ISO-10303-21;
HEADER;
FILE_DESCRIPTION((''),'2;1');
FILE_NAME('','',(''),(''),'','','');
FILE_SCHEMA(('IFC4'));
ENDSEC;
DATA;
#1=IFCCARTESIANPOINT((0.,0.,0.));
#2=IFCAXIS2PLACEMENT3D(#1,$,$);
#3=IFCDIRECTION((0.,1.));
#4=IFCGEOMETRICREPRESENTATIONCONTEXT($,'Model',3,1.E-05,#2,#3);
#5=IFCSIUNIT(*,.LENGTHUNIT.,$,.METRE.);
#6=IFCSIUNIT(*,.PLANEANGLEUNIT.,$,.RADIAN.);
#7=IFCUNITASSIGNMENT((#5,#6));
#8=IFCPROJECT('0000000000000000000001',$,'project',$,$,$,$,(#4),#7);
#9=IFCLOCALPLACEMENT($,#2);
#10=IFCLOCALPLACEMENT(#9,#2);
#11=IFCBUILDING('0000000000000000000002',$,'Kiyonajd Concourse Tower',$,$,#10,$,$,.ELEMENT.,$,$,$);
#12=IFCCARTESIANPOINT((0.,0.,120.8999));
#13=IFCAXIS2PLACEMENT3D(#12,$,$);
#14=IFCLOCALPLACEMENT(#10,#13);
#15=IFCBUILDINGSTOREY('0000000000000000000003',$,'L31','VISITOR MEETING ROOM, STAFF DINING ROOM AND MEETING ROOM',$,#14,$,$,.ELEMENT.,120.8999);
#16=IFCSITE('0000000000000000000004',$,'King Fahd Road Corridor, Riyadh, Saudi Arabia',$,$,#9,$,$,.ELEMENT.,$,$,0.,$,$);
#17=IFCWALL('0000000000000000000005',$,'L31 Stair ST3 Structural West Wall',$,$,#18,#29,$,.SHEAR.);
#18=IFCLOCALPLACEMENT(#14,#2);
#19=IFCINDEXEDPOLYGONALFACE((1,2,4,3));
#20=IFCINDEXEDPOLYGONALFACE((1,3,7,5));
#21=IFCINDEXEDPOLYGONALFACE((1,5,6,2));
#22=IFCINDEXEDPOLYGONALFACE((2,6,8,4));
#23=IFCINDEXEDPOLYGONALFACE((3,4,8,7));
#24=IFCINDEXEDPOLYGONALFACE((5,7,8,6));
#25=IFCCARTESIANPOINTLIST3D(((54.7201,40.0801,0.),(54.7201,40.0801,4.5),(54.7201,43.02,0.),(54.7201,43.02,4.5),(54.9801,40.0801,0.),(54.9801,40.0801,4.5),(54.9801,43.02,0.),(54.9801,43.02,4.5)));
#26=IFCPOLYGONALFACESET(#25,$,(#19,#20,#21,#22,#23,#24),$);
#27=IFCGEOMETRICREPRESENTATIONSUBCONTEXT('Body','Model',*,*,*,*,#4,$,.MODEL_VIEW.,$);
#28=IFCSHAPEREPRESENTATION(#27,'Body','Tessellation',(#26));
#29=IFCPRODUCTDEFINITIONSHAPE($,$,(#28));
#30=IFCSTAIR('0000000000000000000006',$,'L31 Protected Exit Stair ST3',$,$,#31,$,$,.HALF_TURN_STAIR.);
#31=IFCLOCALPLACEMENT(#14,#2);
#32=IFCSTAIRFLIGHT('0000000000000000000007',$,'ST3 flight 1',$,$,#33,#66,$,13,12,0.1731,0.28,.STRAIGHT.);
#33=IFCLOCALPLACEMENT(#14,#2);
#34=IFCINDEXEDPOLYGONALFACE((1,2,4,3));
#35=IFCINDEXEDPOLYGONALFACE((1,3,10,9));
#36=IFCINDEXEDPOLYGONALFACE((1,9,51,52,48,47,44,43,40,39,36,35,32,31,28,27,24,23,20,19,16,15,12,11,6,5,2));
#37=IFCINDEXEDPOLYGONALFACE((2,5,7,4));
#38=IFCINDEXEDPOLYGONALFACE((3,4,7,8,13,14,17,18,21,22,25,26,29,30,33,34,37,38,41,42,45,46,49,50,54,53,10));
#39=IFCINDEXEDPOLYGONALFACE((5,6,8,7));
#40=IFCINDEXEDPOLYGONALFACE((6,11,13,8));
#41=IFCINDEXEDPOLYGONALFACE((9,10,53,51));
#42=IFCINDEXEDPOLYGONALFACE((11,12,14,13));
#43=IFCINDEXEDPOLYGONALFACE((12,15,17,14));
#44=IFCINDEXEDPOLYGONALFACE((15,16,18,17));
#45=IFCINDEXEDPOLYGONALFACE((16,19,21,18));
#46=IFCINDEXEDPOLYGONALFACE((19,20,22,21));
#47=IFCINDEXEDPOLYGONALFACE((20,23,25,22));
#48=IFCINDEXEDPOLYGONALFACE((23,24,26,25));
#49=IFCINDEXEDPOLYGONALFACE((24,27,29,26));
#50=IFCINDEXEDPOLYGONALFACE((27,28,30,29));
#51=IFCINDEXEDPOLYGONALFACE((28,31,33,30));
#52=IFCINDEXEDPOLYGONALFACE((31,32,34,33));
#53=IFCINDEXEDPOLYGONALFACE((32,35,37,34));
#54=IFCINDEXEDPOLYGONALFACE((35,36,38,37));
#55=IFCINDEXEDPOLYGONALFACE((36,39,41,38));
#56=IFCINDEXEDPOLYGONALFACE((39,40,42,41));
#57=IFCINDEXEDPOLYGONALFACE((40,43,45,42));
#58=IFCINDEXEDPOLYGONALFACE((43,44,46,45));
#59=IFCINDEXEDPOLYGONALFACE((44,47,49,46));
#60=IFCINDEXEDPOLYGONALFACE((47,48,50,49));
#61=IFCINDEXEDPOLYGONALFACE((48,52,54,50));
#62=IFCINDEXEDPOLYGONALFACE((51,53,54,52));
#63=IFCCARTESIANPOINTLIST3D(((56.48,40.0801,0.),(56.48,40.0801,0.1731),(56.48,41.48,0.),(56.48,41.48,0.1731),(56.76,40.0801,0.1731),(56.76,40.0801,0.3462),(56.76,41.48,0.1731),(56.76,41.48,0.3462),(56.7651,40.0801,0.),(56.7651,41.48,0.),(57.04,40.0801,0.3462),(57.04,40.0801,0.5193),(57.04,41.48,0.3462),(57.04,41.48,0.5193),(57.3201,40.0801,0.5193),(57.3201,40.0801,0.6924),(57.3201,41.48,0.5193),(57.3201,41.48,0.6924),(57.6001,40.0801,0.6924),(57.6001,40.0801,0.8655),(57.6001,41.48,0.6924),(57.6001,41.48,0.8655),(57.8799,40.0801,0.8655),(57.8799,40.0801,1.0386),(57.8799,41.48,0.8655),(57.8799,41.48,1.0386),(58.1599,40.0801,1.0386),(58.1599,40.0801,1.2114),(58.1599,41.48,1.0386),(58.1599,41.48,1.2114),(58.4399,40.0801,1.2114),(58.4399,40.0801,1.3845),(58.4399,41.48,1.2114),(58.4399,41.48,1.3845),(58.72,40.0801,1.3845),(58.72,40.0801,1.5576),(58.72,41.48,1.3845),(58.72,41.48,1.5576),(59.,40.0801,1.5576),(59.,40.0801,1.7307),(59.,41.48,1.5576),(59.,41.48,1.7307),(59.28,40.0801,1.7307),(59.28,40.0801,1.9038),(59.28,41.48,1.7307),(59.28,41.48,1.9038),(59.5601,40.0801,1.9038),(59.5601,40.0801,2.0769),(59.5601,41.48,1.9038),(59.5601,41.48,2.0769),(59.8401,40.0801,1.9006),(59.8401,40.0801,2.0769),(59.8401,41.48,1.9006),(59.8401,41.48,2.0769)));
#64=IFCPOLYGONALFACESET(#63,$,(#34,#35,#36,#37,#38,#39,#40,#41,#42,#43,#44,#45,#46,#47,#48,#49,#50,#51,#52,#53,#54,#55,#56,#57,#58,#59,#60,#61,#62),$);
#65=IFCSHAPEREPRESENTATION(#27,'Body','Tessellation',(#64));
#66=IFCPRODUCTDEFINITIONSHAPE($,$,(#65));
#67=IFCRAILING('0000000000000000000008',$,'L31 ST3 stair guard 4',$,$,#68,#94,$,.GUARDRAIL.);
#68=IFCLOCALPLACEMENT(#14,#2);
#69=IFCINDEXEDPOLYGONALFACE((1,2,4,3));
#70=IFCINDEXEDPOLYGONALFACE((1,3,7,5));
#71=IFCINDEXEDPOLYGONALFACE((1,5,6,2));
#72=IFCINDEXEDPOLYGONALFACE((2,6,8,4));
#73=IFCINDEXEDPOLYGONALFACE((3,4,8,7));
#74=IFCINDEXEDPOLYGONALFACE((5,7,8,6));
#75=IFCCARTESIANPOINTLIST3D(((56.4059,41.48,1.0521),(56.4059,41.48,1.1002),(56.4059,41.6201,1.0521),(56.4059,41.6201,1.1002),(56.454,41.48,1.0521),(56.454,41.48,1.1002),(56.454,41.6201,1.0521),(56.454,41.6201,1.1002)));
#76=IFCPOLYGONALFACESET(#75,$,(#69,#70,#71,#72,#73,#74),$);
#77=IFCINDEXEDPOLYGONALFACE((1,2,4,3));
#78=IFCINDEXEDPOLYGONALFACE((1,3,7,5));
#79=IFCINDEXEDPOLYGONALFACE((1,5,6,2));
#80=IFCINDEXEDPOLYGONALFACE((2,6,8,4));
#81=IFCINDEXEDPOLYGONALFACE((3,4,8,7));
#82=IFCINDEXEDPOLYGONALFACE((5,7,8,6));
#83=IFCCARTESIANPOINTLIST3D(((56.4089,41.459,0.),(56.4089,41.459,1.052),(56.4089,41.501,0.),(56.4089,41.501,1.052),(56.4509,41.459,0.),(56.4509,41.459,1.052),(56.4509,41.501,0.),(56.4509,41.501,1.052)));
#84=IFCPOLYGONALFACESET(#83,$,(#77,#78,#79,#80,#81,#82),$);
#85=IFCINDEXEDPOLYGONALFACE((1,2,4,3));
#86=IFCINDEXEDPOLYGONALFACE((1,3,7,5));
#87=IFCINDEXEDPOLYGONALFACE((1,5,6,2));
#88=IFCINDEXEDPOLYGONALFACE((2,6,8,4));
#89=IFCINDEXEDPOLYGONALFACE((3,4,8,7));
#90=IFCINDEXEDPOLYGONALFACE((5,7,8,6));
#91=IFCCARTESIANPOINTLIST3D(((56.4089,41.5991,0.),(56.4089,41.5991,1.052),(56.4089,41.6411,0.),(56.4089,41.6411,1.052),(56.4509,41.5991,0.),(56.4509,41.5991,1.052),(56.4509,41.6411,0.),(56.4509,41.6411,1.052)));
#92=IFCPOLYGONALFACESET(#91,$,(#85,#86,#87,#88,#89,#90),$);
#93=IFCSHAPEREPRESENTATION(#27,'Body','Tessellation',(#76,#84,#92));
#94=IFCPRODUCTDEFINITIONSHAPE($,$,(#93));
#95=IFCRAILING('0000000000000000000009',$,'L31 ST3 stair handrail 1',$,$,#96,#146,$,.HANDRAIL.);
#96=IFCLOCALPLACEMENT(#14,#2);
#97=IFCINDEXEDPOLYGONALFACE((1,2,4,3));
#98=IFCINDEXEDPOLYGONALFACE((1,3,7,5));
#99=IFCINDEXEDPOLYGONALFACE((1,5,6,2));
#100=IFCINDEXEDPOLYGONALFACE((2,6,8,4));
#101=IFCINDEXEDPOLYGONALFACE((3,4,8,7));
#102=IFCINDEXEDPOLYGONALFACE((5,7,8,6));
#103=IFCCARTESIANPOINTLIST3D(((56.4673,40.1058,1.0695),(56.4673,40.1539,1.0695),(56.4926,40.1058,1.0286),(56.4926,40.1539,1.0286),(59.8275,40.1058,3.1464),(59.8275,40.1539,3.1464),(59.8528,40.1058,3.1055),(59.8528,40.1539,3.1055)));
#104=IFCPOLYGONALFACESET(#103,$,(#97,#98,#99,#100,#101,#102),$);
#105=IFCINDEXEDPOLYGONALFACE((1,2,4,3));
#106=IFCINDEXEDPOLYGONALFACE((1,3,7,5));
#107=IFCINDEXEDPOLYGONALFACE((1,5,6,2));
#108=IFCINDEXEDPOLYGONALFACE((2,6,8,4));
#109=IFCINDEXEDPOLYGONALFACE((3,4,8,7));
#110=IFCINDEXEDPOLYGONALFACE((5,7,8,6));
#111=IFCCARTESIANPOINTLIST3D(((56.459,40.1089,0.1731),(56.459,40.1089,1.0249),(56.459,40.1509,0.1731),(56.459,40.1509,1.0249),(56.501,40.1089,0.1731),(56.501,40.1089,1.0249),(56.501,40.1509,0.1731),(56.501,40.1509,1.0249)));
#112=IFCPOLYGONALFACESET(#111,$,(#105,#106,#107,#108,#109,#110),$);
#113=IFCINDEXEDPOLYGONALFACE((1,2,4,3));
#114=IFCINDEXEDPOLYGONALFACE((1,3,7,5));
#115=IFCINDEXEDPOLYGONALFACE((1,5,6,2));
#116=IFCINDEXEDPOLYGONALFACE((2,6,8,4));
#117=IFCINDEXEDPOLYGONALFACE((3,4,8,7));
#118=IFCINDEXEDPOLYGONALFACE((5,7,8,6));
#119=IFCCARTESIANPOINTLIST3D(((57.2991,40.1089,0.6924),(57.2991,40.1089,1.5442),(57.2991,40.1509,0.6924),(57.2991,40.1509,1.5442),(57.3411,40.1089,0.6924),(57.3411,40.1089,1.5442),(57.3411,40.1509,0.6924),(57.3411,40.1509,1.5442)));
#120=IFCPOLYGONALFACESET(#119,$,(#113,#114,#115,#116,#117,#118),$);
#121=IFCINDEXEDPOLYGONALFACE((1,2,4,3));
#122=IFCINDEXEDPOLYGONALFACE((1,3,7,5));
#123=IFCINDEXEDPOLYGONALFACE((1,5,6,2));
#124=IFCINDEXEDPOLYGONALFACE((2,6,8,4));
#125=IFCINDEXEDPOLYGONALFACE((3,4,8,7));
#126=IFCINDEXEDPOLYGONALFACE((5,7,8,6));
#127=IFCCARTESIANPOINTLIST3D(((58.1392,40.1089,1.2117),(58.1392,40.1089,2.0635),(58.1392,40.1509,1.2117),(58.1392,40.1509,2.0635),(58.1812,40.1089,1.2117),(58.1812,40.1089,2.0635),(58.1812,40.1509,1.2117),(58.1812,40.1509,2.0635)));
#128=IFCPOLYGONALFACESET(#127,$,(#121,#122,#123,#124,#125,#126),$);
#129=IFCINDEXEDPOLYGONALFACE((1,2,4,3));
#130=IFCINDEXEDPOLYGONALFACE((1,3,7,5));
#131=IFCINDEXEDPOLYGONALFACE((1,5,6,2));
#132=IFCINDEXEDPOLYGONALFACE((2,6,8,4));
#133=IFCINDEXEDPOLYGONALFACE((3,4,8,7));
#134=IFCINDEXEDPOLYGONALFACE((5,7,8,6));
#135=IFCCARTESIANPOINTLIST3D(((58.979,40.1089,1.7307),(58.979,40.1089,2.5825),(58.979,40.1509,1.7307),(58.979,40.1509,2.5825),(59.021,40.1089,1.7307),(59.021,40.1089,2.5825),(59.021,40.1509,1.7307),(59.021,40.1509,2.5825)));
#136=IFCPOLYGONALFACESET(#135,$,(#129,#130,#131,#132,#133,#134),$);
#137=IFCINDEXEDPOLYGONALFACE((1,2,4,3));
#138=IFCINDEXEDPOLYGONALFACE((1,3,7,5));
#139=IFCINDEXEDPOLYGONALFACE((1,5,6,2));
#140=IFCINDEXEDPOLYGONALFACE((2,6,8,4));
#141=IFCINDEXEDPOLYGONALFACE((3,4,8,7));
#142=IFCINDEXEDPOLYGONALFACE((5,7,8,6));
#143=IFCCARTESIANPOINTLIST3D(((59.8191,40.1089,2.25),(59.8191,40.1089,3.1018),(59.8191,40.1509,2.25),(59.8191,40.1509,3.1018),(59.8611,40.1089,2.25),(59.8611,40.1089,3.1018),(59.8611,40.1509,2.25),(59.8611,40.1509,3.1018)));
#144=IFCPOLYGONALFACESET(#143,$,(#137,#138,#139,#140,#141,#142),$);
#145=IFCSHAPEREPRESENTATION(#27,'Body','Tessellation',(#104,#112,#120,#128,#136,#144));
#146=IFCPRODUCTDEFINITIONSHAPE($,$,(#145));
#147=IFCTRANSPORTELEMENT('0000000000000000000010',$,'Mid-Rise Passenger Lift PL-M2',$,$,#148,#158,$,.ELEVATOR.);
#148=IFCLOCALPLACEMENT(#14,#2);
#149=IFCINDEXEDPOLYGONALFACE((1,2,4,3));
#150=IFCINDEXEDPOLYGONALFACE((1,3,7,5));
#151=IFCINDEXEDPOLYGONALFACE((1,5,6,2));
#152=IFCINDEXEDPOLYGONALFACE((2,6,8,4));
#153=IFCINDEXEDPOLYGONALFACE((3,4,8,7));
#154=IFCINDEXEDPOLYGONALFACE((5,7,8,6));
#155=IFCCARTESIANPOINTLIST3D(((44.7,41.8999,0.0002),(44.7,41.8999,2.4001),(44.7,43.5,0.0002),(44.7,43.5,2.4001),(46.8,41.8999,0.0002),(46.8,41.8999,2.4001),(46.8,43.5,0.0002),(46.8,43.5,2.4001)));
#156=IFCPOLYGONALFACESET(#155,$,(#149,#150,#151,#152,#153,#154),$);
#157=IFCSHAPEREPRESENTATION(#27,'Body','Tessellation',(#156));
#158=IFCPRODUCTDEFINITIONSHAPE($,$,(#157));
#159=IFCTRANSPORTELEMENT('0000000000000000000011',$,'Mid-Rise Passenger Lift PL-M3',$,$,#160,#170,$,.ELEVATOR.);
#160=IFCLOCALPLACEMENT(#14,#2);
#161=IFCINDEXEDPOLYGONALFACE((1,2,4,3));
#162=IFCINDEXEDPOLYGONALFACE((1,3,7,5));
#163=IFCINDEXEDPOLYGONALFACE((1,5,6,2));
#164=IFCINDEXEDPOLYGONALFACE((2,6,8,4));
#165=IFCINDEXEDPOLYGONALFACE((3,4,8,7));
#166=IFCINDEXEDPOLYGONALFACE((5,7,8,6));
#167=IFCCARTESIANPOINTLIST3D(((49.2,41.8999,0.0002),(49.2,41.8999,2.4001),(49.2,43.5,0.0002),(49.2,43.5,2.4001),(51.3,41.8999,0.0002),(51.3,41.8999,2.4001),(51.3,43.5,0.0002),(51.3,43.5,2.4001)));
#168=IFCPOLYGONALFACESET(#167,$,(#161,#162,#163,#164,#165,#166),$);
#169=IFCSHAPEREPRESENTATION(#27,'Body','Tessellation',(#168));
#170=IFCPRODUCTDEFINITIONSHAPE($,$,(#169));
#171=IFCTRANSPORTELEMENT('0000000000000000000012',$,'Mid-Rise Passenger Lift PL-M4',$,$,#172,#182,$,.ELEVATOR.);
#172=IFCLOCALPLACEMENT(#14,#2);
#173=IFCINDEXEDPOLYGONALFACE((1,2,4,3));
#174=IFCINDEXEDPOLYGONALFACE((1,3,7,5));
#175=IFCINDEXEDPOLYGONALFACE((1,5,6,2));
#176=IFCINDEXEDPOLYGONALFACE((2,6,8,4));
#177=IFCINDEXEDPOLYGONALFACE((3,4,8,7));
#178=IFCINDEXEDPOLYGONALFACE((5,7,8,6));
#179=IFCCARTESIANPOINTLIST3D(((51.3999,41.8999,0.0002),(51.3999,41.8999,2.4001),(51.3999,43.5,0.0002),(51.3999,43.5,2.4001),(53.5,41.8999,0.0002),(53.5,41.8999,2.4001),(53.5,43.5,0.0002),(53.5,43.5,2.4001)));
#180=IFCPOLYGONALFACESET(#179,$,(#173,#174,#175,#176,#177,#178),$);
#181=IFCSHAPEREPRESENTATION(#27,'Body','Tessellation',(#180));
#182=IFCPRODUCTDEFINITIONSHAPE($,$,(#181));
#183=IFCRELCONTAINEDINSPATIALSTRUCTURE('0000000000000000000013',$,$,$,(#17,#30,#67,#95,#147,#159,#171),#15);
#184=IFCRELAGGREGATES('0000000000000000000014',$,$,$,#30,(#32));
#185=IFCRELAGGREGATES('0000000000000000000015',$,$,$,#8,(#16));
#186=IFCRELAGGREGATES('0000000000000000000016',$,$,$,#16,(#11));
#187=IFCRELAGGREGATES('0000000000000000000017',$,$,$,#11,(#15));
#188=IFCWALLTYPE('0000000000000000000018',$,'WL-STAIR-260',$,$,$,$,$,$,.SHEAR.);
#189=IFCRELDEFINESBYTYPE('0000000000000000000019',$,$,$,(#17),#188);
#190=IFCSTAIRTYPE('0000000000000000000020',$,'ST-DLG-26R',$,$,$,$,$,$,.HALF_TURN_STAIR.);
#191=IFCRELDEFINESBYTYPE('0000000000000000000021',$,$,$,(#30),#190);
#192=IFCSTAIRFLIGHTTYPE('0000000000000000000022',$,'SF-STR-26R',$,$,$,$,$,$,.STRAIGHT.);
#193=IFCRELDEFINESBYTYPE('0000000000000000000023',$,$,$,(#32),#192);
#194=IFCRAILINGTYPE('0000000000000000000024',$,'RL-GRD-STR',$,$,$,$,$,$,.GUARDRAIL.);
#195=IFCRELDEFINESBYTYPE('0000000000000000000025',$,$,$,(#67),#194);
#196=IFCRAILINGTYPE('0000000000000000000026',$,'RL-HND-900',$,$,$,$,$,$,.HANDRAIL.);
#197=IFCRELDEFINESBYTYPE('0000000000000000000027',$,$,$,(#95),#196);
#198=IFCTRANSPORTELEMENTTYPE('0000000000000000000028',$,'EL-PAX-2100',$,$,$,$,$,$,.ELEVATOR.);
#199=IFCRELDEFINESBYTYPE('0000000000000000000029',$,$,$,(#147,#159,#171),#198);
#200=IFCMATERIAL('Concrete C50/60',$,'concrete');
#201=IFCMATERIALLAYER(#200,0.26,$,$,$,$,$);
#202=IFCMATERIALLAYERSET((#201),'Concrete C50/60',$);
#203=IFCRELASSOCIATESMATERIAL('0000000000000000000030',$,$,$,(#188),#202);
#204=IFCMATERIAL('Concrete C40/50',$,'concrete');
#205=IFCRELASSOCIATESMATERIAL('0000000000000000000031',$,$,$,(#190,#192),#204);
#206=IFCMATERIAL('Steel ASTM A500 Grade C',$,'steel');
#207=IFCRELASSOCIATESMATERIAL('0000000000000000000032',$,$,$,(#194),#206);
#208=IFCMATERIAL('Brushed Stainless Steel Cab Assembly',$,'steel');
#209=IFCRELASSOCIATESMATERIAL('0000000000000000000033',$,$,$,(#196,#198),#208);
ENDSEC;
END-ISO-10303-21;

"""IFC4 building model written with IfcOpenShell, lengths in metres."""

from ifc_helpers import new_model, si_unit, direction, frame, frame_2d, origin, origin_2d, place, context, subcontext, project, spatial, polyline, rectangle, outline, extrude, material, layer, layer_set, type_object, element, aggregate, save


model = new_model("IFC4")

# Units and contexts
model_context = context("Model", 3, precision=1e-05, world=origin(), true_north=direction((0.0, 1.0)))
body_context = subcontext(model_context, "Body", "Model", "MODEL_VIEW")
ifc_project = project(units=[si_unit("LENGTHUNIT", "METRE"), si_unit("PLANEANGLEUNIT", "RADIAN")], contexts=[model_context])

# Site, building, storey
site_placement = place(None, origin())
site = spatial("IfcSite", under=ifc_project, at=site_placement, Name="King Fahd Road Corridor, Riyadh, Saudi Arabia", CompositionType="ELEMENT", RefElevation=0.0)
building_placement = place(site_placement, origin())
building = spatial("IfcBuilding", under=site, at=building_placement, Name="Kiyonajd Concourse Tower", CompositionType="ELEMENT")
storey_placement = place(building_placement, frame((0.0, 0.0, 120.8999)))
storey = spatial("IfcBuildingStorey", under=building, at=storey_placement, Name="L31", Description="VISITOR MEETING ROOM, STAFF DINING ROOM AND MEETING ROOM", CompositionType="ELEMENT", Elevation=120.8999)

# Shared definitions
ifc_material_1 = material(Name="Concrete C50/60", Category="concrete")

# Shared definitions
ifc_material_2 = material(Name="Brushed Stainless Steel Cab Assembly", Category="steel")

# Shared definitions
ifc_layer_1 = layer(ifc_material_1, 0.26)
ifc_layer_set_1 = layer_set([ifc_layer_1], Name="Concrete C50/60")
wall_type_1 = type_object("IfcWallType", Name="WL-STAIR-260", PredefinedType="SHEAR", material=ifc_layer_set_1)

# Wall
wall_1_placement = place(storey_placement, frame((54.8501, 40.0801, 0.0), z_axis=(0.0, 0.0, 1.0), x_axis=(0.0, 1.0, 0.0)))
element("IfcWall", 1, at=wall_1_placement, inside=storey, type_object=wall_type_1, Name="L31 Stair ST3 Structural West Wall", PredefinedType="SHEAR", context=body_context, shape_type="SweptSolid", body=[
    extrude(rectangle(XDim=2.9399, YDim=0.26, at=frame_2d((1.47, 0.0))), origin(), (0.0, 0.0, 1.0), 4.5),
])

# Stair, stair flight
ifc_material_3 = material(Name="Concrete C40/50", Category="concrete")
stair_type = type_object("IfcStairType", Name="ST-DLG-26R", PredefinedType="HALF_TURN_STAIR", material=ifc_material_3)
stair_placement = place(storey_placement, origin())
stair = element("IfcStair", 2, at=stair_placement, inside=storey, type_object=stair_type, Name="L31 Protected Exit Stair ST3", PredefinedType="HALF_TURN_STAIR")
stair_flight_type = type_object("IfcStairFlightType", Name="SF-STR-26R", PredefinedType="STRAIGHT", material=ifc_material_3)
stair_flight_placement = place(storey_placement, frame((56.48, 40.78, 0.0), z_axis=(0.0, 0.0, 1.0), x_axis=(1.0, 0.0, 0.0)))
stair_flight = element("IfcStairFlight", 3, at=stair_flight_placement, type_object=stair_flight_type, Name="ST3 flight 1", NumberOfRisers=13, NumberOfTreads=12, PredefinedType="STRAIGHT", RiserHeight=0.1731, TreadLength=0.28, context=body_context, shape_type="SweptSolid", body=[
    extrude(outline(polyline([(0.0, 0.0), (0.0, 0.1731), (0.28, 0.1731), (0.28, 0.3462), (0.5601, 0.3462), (0.5601, 0.5193), (0.8401, 0.5193), (0.8401, 0.6924), (1.1201, 0.6924), (1.1201, 0.8655), (1.3999, 0.8655), (1.3999, 1.0386), (1.6799, 1.0386), (1.6799, 1.2114), (1.96, 1.2114), (1.96, 1.3845), (2.24, 1.3845), (2.24, 1.5576), (2.52, 1.5576), (2.52, 1.7307), (2.8, 1.7307), (2.8, 1.9038), (3.0801, 1.9038), (3.0801, 2.0769), (3.3601, 2.0769), (3.3601, 2.25), (3.3601, 1.9006), (0.2852, 0.0), (0.0, 0.0)])), frame((0.0, 0.7, 0.0), z_axis=(0.0, -1.0, 0.0), x_axis=(1.0, 0.0, 0.0)), (0.0, 0.0, 1.0), 1.3999),
])
aggregate(stair, [stair_flight])

# Railings
ifc_material_4 = material(Name="Steel ASTM A500 Grade C", Category="steel")
railing_type_1 = type_object("IfcRailingType", Name="RL-GRD-STR", PredefinedType="GUARDRAIL", material=ifc_material_4)
railing_1_placement = place(storey_placement, frame((56.4299, 41.48, 0.0)))
element("IfcRailing", 4, at=railing_1_placement, inside=storey, type_object=railing_type_1, Name="L31 ST3 stair guard 4", PredefinedType="GUARDRAIL", context=body_context, shape_type="SweptSolid", body=[
    extrude(rectangle(XDim=0.0481, YDim=0.0481, at=origin_2d()), frame((0.0, 0.0, 1.0762), z_axis=(0.0, 1.0, 0.0), x_axis=(-1.0, 0.0, 0.0)), (0.0, 0.0, 1.0), 0.1401),
    extrude(rectangle(XDim=0.042, YDim=0.042, at=origin_2d()), origin(), (0.0, 0.0, 1.0), 1.052),
    extrude(rectangle(XDim=0.042, YDim=0.042, at=origin_2d()), frame((0.0, 0.1401, 0.0)), (0.0, 0.0, 1.0), 1.052),
])
railing_type_2 = type_object("IfcRailingType", Name="RL-HND-900", PredefinedType="HANDRAIL", material=ifc_material_2)
railing_2_placement = place(storey_placement, frame((56.48, 40.1299, 0.1731)))
element("IfcRailing", 5, at=railing_2_placement, inside=storey, type_object=railing_type_2, Name="L31 ST3 stair handrail 1", PredefinedType="HANDRAIL", context=body_context, shape_type="SweptSolid", body=[
    extrude(rectangle(XDim=0.0481, YDim=0.0481, at=origin_2d()), frame((0.0, 0.0, 0.876), z_axis=(0.850623, 0.0, 0.525776), x_axis=(0.0, 1.0, 0.0)), (0.0, 0.0, 1.0), 3.9502),
    extrude(rectangle(XDim=0.042, YDim=0.042, at=origin_2d()), origin(), (0.0, 0.0, 1.0), 0.8518),
    extrude(rectangle(XDim=0.042, YDim=0.042, at=origin_2d()), frame((0.8401, 0.0, 0.5193)), (0.0, 0.0, 1.0), 0.8518),
    extrude(rectangle(XDim=0.042, YDim=0.042, at=origin_2d()), frame((1.6802, 0.0, 1.0386)), (0.0, 0.0, 1.0), 0.8518),
    extrude(rectangle(XDim=0.042, YDim=0.042, at=origin_2d()), frame((2.52, 0.0, 1.5576)), (0.0, 0.0, 1.0), 0.8518),
    extrude(rectangle(XDim=0.042, YDim=0.042, at=origin_2d()), frame((3.3601, 0.0, 2.0769)), (0.0, 0.0, 1.0), 0.8518),
])

# Transport elements
transport_element_type = type_object("IfcTransportElementType", Name="EL-PAX-2100", PredefinedType="ELEVATOR", material=ifc_material_2)
for number, where, z_axis, x_axis, name in (
    (6, (45.75, 42.7, 0.0002), (0.0, 0.0, 1.0), (1.0, 0.0, 0.0), "Mid-Rise Passenger Lift PL-M2"),
    (7, (50.25, 42.7, 0.0002), (0.0, 0.0, 1.0), (1.0, 0.0, 0.0), "Mid-Rise Passenger Lift PL-M3"),
    (8, (52.45, 42.7, 0.0002), (0.0, 0.0, 1.0), (1.0, 0.0, 0.0), "Mid-Rise Passenger Lift PL-M4"),
):
    element("IfcTransportElement", number, at=place(storey_placement, frame(where, z_axis=z_axis, x_axis=x_axis)), inside=storey, type_object=transport_element_type, Name=name, PredefinedType="ELEVATOR", context=body_context, shape_type="SweptSolid", body=[
        extrude(rectangle(XDim=2.1001, YDim=1.6001, at=origin_2d()), origin(), (0.0, 0.0, 1.0), 2.3999),
    ])

save(model, "model.ifc")
